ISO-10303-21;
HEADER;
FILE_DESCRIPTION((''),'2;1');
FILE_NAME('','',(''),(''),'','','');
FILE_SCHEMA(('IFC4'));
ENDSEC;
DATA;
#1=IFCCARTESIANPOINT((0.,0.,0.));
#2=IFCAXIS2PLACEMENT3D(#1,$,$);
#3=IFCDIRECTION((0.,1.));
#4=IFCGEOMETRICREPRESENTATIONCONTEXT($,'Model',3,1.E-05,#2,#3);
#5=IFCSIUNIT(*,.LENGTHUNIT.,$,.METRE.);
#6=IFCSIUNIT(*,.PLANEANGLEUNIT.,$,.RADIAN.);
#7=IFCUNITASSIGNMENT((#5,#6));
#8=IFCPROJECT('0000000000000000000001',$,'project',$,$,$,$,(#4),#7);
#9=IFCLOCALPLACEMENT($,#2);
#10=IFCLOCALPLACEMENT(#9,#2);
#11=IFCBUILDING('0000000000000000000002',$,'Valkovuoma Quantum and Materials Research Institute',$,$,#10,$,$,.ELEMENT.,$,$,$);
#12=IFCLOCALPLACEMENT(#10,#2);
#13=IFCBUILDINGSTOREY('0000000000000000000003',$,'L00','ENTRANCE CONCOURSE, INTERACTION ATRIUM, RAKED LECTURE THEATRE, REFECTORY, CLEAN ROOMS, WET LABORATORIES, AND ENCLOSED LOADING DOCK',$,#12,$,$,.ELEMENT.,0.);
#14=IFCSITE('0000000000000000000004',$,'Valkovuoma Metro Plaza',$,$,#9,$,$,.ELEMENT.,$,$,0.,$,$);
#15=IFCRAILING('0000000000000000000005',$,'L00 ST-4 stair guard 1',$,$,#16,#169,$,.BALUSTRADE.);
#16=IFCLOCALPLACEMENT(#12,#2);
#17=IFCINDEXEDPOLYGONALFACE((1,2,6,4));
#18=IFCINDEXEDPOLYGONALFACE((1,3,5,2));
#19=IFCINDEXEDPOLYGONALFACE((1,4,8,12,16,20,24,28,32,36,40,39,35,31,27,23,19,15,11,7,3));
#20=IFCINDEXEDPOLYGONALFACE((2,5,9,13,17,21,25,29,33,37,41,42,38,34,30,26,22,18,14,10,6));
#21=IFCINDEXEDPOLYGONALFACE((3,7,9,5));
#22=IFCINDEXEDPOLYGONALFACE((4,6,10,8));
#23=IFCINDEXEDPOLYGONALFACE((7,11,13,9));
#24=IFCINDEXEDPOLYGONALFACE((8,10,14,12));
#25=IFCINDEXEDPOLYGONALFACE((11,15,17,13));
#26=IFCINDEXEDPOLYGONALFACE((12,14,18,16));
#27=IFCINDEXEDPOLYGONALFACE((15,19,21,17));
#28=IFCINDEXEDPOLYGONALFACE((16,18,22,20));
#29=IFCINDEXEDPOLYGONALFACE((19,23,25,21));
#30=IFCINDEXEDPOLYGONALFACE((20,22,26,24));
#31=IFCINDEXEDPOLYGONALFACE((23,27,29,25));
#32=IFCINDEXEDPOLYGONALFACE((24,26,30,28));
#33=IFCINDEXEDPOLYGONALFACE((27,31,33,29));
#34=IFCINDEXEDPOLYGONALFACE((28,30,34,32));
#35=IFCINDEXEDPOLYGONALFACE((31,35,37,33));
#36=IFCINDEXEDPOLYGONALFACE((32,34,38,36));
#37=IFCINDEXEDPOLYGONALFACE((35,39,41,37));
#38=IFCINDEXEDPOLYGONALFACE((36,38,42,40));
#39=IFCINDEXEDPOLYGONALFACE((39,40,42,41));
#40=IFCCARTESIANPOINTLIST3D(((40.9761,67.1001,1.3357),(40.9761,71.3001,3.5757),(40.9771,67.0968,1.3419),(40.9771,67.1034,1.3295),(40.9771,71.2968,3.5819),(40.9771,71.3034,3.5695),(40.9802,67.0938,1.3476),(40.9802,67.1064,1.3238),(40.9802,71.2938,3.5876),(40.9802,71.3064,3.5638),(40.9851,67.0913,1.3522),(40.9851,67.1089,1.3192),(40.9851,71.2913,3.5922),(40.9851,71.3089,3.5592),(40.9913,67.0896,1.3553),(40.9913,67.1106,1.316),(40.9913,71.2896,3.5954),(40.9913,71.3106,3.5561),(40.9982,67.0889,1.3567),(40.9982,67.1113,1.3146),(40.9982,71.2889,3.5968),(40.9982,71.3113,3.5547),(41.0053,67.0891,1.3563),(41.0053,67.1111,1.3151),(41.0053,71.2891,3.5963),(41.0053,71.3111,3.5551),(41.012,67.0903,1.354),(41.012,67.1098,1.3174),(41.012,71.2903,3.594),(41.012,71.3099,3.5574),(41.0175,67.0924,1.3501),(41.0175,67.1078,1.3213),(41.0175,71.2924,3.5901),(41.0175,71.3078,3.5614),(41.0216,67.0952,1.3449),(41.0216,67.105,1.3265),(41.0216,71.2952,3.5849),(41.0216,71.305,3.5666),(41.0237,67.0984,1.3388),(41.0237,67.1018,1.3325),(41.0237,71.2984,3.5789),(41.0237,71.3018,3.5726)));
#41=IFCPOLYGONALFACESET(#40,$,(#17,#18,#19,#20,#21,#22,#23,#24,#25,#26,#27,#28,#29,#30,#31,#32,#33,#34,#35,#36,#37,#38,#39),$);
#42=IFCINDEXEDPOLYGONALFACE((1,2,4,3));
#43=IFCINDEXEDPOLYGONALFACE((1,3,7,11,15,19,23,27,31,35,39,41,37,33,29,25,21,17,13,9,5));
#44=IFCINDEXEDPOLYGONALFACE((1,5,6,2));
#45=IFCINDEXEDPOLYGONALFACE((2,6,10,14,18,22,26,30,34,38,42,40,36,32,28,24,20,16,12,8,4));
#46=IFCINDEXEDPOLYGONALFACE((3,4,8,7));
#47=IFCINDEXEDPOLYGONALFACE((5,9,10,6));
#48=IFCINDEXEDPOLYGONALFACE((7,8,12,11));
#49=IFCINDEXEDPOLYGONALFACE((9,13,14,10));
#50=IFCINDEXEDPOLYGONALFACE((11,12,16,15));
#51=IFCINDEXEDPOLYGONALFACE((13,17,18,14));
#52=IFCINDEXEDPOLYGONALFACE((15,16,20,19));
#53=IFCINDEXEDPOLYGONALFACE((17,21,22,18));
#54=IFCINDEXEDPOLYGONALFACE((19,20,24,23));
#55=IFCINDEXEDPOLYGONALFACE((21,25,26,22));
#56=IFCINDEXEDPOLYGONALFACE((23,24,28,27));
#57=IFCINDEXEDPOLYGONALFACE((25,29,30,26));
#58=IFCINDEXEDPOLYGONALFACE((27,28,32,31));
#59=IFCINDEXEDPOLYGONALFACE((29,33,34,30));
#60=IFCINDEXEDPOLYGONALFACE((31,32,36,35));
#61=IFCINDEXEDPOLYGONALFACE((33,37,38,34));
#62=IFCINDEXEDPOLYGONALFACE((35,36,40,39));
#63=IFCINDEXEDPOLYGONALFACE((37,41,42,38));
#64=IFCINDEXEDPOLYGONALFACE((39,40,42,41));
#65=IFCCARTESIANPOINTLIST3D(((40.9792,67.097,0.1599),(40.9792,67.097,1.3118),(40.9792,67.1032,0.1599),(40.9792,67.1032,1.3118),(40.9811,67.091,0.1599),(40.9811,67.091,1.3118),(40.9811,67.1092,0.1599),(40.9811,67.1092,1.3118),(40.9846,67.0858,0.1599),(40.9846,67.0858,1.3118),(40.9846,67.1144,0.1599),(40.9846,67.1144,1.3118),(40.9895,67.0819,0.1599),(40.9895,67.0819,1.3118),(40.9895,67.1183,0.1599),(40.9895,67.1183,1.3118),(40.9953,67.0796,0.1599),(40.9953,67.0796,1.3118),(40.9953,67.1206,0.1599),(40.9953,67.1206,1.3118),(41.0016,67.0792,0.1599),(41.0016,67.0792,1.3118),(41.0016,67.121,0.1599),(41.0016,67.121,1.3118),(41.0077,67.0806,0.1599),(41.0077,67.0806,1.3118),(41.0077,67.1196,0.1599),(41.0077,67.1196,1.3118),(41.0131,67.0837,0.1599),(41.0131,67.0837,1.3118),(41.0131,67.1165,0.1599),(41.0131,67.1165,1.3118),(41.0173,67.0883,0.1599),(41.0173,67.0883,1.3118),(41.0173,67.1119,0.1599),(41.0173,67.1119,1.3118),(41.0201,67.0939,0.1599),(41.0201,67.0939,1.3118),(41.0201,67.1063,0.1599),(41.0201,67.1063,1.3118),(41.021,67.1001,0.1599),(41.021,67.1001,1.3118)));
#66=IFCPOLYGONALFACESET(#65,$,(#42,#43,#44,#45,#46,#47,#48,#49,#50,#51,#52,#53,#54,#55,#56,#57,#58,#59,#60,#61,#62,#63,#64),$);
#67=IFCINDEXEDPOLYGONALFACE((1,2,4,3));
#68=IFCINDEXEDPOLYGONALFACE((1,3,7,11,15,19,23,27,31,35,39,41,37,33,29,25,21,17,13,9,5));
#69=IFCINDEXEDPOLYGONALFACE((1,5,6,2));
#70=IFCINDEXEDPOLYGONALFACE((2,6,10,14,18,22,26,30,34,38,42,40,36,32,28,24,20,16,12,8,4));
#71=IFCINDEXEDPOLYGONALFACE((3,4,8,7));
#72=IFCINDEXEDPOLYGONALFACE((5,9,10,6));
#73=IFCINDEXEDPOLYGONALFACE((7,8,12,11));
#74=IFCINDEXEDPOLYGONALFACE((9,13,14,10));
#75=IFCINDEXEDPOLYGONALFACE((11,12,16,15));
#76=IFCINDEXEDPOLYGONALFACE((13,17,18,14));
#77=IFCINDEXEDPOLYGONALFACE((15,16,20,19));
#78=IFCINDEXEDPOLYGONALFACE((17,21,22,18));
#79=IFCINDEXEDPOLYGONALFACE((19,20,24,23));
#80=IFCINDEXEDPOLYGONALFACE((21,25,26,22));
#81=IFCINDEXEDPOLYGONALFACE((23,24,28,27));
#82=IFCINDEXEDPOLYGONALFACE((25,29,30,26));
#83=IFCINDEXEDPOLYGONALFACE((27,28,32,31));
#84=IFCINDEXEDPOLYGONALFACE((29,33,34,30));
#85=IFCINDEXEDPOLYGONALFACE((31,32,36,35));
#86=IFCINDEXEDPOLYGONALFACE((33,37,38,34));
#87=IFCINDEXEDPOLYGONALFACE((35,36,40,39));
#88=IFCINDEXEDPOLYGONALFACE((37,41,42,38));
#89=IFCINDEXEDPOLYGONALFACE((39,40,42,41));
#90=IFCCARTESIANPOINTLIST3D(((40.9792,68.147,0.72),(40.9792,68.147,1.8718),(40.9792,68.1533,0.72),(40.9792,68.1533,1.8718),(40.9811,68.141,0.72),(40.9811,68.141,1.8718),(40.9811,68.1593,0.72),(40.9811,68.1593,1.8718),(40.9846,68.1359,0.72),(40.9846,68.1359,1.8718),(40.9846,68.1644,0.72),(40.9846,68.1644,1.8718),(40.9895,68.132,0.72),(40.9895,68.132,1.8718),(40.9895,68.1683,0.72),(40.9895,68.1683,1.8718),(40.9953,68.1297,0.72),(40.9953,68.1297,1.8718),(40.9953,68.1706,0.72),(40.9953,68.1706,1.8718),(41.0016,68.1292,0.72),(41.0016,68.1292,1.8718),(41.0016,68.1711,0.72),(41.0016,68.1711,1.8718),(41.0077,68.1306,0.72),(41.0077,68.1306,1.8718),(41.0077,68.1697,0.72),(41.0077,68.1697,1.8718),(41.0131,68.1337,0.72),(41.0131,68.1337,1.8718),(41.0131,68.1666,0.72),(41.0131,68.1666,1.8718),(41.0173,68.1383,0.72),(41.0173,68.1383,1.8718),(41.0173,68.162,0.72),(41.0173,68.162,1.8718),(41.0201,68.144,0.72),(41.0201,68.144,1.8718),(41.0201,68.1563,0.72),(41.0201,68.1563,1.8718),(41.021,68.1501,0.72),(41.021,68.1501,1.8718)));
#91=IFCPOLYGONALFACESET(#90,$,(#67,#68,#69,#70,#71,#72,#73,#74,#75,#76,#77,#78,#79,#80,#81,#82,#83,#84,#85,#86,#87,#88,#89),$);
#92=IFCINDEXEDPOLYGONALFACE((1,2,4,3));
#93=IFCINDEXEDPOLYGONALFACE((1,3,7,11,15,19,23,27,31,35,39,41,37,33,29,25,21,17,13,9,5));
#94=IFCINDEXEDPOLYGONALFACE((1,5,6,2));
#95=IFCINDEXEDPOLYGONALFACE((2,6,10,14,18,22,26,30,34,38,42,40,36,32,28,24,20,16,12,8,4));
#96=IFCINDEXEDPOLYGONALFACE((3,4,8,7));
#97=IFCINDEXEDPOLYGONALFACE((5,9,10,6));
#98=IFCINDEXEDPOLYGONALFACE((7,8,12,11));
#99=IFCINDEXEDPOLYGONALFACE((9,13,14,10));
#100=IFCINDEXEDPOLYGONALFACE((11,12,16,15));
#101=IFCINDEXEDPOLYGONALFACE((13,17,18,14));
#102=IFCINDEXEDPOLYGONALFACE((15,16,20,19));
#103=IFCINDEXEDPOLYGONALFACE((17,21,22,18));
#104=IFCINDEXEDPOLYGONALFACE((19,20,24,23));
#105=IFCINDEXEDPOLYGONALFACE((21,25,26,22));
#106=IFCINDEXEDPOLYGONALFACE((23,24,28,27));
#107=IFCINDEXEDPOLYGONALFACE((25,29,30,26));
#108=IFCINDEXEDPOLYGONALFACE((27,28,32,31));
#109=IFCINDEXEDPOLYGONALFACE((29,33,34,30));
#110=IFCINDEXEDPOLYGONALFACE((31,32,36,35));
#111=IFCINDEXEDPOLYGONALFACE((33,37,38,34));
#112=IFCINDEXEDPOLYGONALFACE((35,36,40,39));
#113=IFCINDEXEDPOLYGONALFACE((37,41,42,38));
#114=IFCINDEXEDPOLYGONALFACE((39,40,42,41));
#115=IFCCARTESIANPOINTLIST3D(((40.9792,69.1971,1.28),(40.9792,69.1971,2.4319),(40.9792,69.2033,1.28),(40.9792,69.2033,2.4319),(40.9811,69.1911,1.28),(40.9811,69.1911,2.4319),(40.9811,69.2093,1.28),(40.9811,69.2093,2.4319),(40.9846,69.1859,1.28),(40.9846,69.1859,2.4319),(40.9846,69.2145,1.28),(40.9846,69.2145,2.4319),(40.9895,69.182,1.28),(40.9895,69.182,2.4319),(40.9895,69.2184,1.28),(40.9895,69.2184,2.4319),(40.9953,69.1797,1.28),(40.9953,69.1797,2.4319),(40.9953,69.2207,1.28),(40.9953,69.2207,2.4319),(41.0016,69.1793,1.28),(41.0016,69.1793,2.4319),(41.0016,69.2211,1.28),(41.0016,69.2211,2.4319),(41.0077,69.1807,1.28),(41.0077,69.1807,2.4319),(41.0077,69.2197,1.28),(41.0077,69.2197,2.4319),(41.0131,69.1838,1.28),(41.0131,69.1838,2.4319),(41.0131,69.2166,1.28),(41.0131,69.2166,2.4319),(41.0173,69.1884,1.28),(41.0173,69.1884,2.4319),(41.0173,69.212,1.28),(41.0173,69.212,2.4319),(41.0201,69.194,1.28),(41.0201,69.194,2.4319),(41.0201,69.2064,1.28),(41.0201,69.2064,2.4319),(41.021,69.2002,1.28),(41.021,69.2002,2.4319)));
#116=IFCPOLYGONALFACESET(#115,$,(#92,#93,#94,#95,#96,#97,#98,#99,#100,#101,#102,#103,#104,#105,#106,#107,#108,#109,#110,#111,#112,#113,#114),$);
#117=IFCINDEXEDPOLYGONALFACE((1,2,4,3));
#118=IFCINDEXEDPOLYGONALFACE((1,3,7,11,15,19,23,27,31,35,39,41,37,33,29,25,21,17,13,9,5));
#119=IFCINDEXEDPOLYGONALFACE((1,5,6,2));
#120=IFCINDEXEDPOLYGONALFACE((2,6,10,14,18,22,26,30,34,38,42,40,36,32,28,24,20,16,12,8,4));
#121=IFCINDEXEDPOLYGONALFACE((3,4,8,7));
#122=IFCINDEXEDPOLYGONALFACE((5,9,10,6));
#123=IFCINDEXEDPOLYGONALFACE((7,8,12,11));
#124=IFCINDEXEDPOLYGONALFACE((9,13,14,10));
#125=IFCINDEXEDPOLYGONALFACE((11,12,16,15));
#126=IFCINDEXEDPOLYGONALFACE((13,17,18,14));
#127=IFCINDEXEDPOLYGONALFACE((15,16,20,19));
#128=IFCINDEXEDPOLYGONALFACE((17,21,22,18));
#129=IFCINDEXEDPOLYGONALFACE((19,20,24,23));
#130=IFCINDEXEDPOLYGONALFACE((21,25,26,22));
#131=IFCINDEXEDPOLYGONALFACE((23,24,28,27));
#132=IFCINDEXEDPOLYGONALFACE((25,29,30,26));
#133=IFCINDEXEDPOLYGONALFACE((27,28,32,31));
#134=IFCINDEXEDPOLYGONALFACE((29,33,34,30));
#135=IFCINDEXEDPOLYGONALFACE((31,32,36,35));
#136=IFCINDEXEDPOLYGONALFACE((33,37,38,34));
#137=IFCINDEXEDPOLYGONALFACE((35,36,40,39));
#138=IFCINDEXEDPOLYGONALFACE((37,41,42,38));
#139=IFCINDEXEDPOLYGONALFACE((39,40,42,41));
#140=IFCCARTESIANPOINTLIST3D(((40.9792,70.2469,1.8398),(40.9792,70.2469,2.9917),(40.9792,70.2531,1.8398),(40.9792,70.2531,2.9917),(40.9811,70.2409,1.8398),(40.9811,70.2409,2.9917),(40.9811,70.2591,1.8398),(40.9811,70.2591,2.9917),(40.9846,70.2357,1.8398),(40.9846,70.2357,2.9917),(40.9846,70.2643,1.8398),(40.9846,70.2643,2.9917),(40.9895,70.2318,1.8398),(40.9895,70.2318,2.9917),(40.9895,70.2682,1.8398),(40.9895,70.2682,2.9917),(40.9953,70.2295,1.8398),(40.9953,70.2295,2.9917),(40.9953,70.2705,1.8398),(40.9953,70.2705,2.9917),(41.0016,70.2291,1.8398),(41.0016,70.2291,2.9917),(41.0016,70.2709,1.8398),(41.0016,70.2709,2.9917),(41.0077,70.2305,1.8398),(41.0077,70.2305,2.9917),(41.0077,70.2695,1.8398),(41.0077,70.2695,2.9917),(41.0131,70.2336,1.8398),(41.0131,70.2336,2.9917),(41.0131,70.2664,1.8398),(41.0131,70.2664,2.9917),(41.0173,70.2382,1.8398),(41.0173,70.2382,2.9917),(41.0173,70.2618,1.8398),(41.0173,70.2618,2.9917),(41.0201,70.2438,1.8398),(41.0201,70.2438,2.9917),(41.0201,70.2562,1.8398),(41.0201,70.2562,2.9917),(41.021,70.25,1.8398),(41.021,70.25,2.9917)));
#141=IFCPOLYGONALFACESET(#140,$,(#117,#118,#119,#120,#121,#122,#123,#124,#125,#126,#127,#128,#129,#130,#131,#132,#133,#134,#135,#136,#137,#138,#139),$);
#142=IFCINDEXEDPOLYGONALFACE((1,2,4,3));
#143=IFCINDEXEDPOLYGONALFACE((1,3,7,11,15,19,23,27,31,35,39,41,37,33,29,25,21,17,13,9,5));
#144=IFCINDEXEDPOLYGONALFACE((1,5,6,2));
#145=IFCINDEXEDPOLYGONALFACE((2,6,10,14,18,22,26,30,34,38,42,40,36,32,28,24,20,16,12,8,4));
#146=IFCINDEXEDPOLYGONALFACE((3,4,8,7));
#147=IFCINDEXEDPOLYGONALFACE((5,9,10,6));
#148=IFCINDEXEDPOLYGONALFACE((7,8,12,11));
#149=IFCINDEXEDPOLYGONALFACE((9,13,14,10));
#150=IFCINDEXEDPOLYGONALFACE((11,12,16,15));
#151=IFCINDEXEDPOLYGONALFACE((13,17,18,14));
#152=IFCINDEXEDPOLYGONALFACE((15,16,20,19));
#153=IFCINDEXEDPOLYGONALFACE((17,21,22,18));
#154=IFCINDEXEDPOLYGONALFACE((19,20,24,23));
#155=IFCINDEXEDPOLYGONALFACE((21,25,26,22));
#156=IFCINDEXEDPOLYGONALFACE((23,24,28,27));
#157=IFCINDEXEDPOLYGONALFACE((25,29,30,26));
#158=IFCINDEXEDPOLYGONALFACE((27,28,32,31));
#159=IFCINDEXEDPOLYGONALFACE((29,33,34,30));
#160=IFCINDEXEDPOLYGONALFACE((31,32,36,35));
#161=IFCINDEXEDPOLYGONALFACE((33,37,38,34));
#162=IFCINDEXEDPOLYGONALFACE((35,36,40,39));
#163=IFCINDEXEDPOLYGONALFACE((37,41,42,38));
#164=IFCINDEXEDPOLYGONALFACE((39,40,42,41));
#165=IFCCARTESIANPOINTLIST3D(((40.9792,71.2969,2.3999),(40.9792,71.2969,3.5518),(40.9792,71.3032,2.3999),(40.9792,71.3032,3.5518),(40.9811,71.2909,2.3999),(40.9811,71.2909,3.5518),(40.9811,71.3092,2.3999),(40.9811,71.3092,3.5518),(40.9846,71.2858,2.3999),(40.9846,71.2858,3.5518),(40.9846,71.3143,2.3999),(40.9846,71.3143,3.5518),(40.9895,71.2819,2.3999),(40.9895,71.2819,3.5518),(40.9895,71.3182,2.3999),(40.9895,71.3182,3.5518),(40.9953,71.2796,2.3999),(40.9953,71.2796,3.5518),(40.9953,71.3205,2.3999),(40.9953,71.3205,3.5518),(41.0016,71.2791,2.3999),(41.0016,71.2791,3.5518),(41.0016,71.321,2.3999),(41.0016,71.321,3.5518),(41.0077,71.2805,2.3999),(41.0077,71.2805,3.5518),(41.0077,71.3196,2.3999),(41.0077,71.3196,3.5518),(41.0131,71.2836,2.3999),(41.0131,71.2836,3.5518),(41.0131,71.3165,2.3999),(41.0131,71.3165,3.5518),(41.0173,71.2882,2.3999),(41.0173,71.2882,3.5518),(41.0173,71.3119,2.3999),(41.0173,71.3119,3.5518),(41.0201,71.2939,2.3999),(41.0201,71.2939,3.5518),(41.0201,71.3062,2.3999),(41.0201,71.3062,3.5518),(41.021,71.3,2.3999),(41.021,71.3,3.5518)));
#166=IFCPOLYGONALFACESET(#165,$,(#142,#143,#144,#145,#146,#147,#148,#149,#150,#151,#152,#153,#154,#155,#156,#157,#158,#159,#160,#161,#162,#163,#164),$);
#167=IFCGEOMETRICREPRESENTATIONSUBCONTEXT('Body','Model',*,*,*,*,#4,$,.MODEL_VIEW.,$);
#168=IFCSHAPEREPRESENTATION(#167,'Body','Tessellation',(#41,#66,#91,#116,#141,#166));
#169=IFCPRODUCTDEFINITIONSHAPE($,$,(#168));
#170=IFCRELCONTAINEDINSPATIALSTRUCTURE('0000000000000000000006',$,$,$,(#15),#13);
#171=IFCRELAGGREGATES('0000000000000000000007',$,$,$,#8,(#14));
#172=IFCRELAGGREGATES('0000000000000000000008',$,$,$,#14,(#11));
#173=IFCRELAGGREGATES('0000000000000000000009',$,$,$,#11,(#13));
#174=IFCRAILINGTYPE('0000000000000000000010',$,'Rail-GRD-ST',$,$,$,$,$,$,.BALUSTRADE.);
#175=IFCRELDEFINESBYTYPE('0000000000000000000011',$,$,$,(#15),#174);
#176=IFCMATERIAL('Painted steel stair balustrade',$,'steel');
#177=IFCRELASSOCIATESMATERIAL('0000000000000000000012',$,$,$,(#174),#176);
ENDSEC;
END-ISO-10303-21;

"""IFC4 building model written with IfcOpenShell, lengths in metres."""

from ifc_helpers import new_model, si_unit, direction, frame, origin, origin_2d, place, context, subcontext, project, spatial, circle, extrude, material, type_object, element, save


model = new_model("IFC4")

# Units and contexts
model_context = context("Model", 3, precision=1e-05, world=origin(), true_north=direction((0.0, 1.0)))
body_context = subcontext(model_context, "Body", "Model", "MODEL_VIEW")
ifc_project = project(units=[si_unit("LENGTHUNIT", "METRE"), si_unit("PLANEANGLEUNIT", "RADIAN")], contexts=[model_context])

# Site, building, storey
site_placement = place(None, origin())
site = spatial("IfcSite", under=ifc_project, at=site_placement, Name="Valkovuoma Metro Plaza", CompositionType="ELEMENT", RefElevation=0.0)
building_placement = place(site_placement, origin())
building = spatial("IfcBuilding", under=site, at=building_placement, Name="Valkovuoma Quantum and Materials Research Institute", CompositionType="ELEMENT")
storey_placement = place(building_placement, origin())
storey = spatial("IfcBuildingStorey", under=building, at=storey_placement, Name="L00", Description="ENTRANCE CONCOURSE, INTERACTION ATRIUM, RAKED LECTURE THEATRE, REFECTORY, CLEAN ROOMS, WET LABORATORIES, AND ENCLOSED LOADING DOCK", CompositionType="ELEMENT", Elevation=0.0)

# Railing
ifc_material_1 = material(Name="Painted steel stair balustrade", Category="steel")
railing_type_1 = type_object("IfcRailingType", Name="Rail-GRD-ST", PredefinedType="BALUSTRADE", material=ifc_material_1)
railing_1_placement = place(storey_placement, frame((41.0, 67.1001, 0.1599)))
element("IfcRailing", 1, at=railing_1_placement, inside=storey, type_object=railing_type_1, Name="L00 ST-4 stair guard 1", PredefinedType="BALUSTRADE", context=body_context, shape_type="SweptSolid", body=[
    extrude(circle(Radius=0.0239, at=origin_2d()), frame((0.0, 0.0, 1.1758), z_axis=(0.0, 0.882352, 0.470591), x_axis=(-1.0, 0.0, 0.0)), (0.0, 0.0, 1.0), 4.76),
    extrude(circle(Radius=0.021, at=origin_2d()), origin(), (0.0, 0.0, 1.0), 1.1519),
    extrude(circle(Radius=0.021, at=origin_2d()), frame((0.0, 1.05, 0.5601)), (0.0, 0.0, 1.0), 1.1519),
    extrude(circle(Radius=0.021, at=origin_2d()), frame((0.0, 2.1001, 1.1201)), (0.0, 0.0, 1.0), 1.1519),
    extrude(circle(Radius=0.021, at=origin_2d()), frame((0.0, 3.1499, 1.6799)), (0.0, 0.0, 1.0), 1.1519),
    extrude(circle(Radius=0.021, at=origin_2d()), frame((0.0, 4.2, 2.24)), (0.0, 0.0, 1.0), 1.1519),
])

save(model, "model.ifc")
